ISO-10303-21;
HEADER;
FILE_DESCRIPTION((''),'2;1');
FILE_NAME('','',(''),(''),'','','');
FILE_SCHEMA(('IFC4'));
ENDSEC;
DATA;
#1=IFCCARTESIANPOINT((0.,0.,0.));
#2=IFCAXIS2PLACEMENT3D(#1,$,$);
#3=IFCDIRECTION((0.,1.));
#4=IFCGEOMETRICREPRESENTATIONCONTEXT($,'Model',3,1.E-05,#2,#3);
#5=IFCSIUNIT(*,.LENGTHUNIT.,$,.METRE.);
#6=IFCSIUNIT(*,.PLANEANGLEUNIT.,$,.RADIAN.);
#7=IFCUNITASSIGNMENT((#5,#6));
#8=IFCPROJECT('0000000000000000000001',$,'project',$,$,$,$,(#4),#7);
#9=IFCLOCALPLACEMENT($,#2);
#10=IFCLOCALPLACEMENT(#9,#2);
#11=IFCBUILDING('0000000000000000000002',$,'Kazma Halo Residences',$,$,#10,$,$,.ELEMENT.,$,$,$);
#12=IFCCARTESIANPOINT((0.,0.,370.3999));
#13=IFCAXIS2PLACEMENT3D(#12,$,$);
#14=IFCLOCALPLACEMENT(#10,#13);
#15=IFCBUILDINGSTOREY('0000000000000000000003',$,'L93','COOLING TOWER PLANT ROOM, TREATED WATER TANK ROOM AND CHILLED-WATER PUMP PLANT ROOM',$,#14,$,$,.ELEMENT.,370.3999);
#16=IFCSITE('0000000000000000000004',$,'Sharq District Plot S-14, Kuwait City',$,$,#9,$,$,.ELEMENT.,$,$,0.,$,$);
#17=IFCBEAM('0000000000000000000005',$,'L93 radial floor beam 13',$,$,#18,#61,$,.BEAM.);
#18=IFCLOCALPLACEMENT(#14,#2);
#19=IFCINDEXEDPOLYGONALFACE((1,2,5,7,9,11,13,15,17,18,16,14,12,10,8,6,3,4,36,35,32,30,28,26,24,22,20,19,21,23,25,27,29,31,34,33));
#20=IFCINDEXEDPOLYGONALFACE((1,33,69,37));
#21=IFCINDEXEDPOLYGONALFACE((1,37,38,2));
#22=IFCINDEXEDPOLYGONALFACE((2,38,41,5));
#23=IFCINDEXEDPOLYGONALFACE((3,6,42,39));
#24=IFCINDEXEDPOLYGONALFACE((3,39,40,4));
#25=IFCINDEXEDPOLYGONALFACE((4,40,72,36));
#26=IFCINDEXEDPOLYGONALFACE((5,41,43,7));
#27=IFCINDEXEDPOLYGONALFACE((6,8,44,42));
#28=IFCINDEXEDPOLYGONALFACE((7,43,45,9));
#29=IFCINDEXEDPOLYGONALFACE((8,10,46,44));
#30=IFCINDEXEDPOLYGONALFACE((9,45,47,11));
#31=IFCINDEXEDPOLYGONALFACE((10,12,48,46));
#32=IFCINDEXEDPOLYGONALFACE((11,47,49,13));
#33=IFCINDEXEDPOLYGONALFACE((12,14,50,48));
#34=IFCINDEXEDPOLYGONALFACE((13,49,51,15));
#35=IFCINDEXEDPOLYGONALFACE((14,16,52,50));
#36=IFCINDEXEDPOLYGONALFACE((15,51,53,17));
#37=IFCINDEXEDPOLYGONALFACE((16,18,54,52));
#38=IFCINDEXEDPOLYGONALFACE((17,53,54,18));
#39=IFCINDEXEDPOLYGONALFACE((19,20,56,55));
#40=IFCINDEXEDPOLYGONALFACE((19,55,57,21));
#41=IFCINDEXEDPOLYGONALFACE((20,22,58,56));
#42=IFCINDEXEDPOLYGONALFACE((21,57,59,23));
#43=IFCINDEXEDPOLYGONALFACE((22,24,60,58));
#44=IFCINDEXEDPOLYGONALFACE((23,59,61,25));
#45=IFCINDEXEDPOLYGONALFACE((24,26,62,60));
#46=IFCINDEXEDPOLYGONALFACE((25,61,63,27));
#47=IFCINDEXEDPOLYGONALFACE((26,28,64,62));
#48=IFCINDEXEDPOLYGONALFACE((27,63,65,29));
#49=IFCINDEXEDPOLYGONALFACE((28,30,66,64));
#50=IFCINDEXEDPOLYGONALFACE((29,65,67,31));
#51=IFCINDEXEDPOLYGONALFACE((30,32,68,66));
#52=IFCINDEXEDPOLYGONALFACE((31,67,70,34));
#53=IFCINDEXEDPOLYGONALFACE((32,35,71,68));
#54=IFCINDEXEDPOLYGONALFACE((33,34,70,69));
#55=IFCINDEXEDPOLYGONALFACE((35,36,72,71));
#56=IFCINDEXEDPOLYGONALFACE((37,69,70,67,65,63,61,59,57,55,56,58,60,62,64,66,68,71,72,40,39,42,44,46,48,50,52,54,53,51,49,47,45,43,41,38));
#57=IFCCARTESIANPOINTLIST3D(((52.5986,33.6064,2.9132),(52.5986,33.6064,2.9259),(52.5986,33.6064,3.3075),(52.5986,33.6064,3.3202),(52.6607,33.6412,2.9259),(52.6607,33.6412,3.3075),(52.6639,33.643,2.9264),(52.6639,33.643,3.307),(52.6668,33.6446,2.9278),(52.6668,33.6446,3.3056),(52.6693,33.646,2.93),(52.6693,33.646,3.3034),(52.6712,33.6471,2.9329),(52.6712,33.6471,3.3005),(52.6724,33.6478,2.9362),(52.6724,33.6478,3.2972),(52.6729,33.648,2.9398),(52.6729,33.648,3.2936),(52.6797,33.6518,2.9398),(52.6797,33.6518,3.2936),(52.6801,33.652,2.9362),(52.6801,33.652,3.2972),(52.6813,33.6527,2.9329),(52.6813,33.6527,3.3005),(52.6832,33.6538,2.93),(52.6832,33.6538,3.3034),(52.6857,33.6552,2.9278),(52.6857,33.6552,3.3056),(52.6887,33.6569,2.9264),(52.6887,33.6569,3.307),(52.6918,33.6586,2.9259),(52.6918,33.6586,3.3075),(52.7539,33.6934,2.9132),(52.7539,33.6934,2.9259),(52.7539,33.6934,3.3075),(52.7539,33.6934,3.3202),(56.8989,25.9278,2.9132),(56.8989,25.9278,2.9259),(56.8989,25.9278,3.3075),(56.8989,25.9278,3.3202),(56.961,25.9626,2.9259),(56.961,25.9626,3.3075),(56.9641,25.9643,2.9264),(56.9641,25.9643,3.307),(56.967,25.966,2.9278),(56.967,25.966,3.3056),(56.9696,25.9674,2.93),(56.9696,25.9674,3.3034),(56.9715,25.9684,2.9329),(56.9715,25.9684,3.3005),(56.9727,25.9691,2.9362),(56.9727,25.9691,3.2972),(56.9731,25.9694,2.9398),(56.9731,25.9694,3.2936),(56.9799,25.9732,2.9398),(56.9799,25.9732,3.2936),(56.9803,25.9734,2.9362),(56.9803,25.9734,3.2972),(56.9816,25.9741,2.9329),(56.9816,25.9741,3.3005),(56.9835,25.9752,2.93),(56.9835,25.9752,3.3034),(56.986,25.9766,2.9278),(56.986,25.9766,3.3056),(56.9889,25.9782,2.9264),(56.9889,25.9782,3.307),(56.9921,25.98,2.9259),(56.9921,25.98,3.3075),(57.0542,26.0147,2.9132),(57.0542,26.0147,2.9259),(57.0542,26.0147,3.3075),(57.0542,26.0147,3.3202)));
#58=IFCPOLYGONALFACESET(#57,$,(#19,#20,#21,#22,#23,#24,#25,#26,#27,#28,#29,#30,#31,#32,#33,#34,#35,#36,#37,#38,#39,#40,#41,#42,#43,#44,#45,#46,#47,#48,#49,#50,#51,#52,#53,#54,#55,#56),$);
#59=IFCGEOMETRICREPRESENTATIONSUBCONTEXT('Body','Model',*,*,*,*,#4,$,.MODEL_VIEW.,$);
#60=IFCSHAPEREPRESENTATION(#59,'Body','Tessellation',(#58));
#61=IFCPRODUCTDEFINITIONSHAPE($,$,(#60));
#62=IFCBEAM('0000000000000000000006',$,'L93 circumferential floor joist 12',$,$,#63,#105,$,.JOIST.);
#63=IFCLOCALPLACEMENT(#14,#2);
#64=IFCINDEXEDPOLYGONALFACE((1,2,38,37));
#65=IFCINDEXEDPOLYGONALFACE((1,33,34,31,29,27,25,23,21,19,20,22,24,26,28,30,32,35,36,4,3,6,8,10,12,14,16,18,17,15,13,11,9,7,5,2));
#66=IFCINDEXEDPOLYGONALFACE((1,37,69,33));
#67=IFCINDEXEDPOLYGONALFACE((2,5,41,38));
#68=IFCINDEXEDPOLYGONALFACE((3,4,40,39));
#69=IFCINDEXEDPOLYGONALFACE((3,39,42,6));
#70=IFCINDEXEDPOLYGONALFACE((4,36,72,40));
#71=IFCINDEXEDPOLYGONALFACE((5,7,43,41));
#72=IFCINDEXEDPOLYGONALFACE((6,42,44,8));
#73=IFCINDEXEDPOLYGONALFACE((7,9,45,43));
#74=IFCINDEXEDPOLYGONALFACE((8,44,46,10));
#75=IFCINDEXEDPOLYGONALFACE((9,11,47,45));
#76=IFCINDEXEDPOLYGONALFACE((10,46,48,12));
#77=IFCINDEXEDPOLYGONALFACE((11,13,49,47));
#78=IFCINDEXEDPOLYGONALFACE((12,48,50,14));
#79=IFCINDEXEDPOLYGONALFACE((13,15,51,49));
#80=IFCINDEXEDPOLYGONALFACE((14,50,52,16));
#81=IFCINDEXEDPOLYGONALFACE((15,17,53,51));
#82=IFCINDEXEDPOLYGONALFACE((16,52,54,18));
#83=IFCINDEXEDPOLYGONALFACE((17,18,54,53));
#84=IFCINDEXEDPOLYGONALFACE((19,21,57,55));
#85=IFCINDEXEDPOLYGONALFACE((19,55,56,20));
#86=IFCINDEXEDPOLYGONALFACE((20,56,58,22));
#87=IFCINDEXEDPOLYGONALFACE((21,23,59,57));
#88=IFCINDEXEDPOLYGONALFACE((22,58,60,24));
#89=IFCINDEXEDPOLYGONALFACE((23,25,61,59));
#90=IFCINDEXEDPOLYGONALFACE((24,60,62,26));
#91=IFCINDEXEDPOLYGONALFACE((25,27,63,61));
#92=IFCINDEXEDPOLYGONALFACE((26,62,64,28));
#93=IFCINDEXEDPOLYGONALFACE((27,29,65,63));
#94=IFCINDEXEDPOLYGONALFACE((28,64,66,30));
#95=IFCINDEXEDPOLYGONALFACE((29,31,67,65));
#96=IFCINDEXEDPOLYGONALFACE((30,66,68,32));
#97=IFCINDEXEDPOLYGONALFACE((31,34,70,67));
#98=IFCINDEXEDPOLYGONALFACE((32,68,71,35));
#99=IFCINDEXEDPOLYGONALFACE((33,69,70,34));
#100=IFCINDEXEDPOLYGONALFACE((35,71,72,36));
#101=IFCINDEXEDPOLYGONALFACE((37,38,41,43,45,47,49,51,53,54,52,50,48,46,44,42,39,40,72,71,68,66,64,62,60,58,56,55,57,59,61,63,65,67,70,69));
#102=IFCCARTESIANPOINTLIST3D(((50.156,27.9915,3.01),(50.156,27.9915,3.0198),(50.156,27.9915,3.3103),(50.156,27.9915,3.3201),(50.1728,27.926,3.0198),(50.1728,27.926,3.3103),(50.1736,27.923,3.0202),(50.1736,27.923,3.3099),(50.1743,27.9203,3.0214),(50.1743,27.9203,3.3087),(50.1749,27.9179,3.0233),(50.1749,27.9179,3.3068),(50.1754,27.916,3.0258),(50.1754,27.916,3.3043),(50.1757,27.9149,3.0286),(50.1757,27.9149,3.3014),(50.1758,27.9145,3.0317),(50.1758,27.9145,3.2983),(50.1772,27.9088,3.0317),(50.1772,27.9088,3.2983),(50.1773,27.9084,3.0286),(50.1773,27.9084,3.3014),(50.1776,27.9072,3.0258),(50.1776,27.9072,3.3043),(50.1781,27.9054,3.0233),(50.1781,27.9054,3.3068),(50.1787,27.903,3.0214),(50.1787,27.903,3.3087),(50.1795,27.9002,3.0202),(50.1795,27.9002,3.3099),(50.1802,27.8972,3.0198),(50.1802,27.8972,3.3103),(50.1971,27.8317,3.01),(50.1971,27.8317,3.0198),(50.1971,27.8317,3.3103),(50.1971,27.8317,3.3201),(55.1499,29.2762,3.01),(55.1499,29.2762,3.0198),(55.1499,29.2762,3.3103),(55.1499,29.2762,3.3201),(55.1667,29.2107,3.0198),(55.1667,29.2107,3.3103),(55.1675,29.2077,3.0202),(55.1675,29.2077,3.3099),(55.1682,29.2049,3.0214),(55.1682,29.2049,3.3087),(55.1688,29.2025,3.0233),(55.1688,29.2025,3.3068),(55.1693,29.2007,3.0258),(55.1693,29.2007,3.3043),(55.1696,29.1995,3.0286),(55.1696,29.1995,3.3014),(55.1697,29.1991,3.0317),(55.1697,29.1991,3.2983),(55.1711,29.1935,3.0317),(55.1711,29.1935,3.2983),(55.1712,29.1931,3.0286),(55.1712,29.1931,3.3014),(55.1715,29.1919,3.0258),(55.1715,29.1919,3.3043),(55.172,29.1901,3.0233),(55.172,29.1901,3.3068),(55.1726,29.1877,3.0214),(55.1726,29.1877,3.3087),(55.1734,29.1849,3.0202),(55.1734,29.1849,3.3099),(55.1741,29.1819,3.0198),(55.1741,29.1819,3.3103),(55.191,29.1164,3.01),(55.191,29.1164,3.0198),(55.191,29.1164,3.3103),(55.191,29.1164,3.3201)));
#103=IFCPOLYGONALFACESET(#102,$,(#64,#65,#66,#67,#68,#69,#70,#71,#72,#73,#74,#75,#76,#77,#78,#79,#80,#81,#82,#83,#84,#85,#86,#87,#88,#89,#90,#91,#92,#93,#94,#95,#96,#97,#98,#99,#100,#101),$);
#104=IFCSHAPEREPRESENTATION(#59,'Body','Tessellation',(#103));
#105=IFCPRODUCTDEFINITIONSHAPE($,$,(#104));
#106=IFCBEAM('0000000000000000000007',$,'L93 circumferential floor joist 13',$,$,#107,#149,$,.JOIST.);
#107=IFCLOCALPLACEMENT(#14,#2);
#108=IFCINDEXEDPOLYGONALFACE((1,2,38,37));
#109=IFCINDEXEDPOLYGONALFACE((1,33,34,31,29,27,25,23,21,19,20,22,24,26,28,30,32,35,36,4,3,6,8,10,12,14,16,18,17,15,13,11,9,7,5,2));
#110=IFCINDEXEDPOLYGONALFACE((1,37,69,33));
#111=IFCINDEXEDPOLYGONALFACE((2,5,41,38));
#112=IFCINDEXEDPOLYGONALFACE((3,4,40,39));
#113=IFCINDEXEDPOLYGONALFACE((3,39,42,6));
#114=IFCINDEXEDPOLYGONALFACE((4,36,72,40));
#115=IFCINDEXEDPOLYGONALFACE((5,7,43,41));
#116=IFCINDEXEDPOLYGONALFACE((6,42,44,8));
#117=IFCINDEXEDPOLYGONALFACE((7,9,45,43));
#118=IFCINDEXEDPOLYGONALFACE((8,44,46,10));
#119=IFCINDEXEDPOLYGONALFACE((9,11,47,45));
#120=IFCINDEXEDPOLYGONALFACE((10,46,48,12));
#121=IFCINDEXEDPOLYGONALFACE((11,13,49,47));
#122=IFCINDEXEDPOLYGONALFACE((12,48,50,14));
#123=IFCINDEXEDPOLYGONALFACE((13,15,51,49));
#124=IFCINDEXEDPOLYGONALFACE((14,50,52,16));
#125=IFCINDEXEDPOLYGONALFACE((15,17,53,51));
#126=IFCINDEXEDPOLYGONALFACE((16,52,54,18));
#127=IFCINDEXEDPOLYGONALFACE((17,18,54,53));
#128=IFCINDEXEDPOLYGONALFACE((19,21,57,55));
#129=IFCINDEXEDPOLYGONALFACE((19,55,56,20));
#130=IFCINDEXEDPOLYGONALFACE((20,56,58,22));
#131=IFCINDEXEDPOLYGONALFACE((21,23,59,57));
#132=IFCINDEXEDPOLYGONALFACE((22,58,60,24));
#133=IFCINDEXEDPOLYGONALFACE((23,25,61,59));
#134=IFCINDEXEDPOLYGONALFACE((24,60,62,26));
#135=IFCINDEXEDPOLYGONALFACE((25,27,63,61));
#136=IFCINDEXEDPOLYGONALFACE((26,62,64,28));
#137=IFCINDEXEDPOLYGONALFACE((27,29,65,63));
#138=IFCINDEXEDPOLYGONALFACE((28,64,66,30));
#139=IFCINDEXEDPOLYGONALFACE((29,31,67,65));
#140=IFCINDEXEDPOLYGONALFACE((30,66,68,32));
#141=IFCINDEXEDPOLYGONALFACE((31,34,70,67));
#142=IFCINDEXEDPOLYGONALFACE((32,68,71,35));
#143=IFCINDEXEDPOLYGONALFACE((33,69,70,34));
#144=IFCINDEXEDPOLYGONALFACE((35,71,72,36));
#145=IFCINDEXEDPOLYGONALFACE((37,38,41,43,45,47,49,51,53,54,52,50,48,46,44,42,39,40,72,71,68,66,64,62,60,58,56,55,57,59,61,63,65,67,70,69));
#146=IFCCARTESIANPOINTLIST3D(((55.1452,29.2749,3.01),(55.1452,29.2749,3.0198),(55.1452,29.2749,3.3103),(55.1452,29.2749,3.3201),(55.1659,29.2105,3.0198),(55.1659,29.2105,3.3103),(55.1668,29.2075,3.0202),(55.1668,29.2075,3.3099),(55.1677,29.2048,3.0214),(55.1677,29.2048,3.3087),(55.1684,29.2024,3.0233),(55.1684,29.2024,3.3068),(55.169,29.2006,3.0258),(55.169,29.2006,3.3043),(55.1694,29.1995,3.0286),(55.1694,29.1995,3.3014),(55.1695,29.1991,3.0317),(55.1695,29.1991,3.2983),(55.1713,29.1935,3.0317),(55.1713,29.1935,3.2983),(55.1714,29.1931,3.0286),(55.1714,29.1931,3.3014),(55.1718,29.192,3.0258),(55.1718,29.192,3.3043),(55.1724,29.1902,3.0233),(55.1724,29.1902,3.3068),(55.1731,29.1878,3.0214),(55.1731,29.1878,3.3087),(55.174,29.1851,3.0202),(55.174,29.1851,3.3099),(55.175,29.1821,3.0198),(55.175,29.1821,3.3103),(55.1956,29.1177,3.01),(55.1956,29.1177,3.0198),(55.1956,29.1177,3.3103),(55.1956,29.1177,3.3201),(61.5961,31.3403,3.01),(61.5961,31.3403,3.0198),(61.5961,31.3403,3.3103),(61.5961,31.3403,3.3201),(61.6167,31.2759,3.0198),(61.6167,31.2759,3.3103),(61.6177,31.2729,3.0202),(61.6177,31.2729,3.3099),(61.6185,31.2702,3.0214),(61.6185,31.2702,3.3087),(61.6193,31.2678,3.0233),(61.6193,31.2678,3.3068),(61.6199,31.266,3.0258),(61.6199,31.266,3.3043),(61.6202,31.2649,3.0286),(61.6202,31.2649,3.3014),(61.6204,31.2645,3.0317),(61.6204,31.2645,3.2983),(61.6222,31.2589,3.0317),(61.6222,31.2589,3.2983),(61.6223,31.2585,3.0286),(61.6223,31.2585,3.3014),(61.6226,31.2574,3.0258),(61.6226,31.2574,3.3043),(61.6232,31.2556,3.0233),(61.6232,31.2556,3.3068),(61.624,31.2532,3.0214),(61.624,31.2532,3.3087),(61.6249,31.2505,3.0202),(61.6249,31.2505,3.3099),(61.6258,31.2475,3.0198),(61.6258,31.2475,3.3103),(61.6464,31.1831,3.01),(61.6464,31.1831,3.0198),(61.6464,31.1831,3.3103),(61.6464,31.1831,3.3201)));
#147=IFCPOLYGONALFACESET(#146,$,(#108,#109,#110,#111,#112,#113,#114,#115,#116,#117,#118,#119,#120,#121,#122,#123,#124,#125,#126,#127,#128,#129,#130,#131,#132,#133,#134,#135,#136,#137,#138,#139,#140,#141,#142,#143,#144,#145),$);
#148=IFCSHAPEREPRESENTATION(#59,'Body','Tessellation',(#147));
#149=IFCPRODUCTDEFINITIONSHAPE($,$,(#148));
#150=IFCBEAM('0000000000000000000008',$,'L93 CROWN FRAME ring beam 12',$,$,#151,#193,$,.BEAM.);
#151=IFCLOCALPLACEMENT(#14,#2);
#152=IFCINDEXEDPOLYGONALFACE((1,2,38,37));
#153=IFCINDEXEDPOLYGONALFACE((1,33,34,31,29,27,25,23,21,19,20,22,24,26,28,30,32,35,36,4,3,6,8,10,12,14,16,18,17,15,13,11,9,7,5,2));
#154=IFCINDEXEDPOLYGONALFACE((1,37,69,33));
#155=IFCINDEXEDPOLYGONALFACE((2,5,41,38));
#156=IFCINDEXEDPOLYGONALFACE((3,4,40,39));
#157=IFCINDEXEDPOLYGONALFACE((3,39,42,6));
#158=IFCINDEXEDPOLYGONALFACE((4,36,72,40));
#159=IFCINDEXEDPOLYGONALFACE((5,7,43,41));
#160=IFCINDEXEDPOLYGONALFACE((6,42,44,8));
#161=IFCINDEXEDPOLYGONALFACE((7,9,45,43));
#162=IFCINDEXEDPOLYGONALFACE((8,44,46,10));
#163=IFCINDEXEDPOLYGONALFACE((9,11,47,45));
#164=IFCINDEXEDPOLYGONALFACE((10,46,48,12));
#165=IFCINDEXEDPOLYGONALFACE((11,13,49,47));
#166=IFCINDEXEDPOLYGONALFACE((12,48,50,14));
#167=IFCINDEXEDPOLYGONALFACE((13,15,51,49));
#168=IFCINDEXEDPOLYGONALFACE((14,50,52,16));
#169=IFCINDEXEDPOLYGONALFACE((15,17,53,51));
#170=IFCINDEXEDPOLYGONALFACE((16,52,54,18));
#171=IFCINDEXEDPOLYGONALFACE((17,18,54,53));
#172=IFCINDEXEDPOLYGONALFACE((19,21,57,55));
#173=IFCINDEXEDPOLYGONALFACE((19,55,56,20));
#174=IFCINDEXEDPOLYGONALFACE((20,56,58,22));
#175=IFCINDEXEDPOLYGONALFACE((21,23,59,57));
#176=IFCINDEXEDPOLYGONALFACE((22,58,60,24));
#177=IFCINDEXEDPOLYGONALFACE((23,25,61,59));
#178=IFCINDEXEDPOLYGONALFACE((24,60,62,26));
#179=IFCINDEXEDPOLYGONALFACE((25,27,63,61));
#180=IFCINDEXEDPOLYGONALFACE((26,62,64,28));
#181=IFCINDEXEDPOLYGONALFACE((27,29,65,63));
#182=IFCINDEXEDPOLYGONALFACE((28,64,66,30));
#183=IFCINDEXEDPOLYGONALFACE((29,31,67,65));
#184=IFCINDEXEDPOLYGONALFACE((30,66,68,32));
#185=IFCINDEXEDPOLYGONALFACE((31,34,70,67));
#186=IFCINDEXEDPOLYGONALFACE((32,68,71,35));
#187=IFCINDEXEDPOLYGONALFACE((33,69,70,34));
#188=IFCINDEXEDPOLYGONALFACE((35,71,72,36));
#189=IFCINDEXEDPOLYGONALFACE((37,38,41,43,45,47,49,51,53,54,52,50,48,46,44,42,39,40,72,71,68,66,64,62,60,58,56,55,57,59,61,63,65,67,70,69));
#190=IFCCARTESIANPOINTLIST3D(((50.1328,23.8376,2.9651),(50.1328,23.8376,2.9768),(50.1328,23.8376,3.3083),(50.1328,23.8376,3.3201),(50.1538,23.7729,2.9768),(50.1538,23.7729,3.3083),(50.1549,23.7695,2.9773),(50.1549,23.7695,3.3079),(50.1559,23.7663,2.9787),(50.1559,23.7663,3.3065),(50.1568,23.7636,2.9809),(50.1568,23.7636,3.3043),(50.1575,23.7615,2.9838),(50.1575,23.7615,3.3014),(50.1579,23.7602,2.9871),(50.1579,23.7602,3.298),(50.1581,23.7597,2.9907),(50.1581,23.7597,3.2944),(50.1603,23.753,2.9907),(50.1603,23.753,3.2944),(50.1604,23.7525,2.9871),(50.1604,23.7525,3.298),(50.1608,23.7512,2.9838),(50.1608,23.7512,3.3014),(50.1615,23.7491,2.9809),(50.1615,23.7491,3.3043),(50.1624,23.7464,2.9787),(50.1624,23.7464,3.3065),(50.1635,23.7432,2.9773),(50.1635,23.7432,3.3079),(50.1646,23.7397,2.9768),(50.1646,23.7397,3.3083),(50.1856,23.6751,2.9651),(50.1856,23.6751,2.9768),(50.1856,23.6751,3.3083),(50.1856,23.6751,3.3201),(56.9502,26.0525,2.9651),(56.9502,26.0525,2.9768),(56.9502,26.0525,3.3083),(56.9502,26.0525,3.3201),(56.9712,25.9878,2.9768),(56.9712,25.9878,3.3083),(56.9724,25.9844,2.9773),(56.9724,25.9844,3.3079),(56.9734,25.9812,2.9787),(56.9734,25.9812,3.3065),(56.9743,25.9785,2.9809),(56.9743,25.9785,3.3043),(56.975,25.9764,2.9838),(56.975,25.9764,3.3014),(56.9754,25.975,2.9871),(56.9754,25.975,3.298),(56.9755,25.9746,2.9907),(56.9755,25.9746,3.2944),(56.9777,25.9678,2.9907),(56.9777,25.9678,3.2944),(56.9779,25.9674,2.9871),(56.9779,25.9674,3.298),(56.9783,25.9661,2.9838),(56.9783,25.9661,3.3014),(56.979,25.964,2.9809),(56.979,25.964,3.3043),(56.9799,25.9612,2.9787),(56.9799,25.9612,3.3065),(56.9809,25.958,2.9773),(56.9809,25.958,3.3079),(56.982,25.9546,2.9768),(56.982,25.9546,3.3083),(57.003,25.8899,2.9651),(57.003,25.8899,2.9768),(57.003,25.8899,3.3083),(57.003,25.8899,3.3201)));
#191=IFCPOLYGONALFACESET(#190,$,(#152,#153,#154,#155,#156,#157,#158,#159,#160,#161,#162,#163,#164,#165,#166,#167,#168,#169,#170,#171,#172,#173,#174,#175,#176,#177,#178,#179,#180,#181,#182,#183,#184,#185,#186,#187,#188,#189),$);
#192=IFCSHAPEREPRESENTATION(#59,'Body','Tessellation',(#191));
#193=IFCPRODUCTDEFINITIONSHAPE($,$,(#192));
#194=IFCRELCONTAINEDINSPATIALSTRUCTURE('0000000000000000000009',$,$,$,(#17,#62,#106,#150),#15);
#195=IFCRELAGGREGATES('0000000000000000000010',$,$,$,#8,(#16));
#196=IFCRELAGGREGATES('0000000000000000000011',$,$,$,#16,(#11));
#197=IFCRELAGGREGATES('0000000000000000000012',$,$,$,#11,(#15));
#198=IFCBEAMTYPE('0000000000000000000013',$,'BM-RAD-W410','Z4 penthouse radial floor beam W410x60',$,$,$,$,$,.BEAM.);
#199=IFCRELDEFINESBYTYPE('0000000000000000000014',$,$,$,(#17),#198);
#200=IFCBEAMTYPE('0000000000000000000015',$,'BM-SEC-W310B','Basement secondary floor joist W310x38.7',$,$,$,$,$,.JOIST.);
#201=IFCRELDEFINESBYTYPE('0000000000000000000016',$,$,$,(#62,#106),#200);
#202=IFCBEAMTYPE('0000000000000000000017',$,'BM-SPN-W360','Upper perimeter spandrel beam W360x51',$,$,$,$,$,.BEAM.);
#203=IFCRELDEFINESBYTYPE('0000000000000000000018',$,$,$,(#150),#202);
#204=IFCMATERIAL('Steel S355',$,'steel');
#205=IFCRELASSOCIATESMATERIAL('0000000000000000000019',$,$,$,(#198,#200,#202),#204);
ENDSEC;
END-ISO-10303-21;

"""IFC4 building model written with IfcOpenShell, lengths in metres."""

from ifc_helpers import new_model, si_unit, direction, frame, origin, origin_2d, place, context, subcontext, project, spatial, i_section, extrude, material, material_profile, profile_set, type_object, element, save


model = new_model("IFC4")

# Units and contexts
model_context = context("Model", 3, precision=1e-05, world=origin(), true_north=direction((0.0, 1.0)))
body_context = subcontext(model_context, "Body", "Model", "MODEL_VIEW")
ifc_project = project(units=[si_unit("LENGTHUNIT", "METRE"), si_unit("PLANEANGLEUNIT", "RADIAN")], contexts=[model_context])

# Site, building, storey
site_placement = place(None, origin())
site = spatial("IfcSite", under=ifc_project, at=site_placement, Name="Sharq District Plot S-14, Kuwait City", CompositionType="ELEMENT", RefElevation=0.0)
building_placement = place(site_placement, origin())
building = spatial("IfcBuilding", under=site, at=building_placement, Name="Kazma Halo Residences", CompositionType="ELEMENT")
storey_placement = place(building_placement, frame((0.0, 0.0, 370.3999)))
storey = spatial("IfcBuildingStorey", under=building, at=storey_placement, Name="L93", Description="COOLING TOWER PLANT ROOM, TREATED WATER TANK ROOM AND CHILLED-WATER PUMP PLANT ROOM", CompositionType="ELEMENT", Elevation=370.3999)

# Shared definitions
ifc_material_1 = material(Name="Steel S355", Category="steel")

# Beams
ifc_material_profile_1 = material_profile(ifc_material_1, i_section(OverallWidth=0.178, OverallDepth=0.407, WebThickness=0.0078, FlangeThickness=0.0127, FilletRadius=0.0139, at=origin_2d()), Name="W410x60")
ifc_profile_set_1 = profile_set([ifc_material_profile_1], Name="Steel S355")
beam_type_1 = type_object("IfcBeamType", Name="BM-RAD-W410", Description="Z4 penthouse radial floor beam W410x60", PredefinedType="BEAM", material=ifc_profile_set_1)
beam_1_placement = place(storey_placement, frame((52.6763, 33.6499, 3.1167), z_axis=(0.488622, -0.872496, 0.0), x_axis=(0.872496, 0.488622, 0.0)))
element("IfcBeam", 1, at=beam_1_placement, inside=storey, type_object=beam_type_1, Name="L93 radial floor beam 13", PredefinedType="BEAM", context=body_context, shape_type="SweptSolid", body=[
    extrude(i_section(OverallWidth=0.178, OverallDepth=0.407, WebThickness=0.0078, FlangeThickness=0.0127, FilletRadius=0.0139, at=origin_2d()), origin(), (0.0, 0.0, 1.0), 8.8008),
])
ifc_material_profile_2 = material_profile(ifc_material_1, i_section(OverallWidth=0.165, OverallDepth=0.3101, WebThickness=0.0059, FlangeThickness=0.0098, FilletRadius=0.012, at=origin_2d()), Name="W310x38.7")
ifc_profile_set_2 = profile_set([ifc_material_profile_2], Name="Steel S355")
beam_type_2 = type_object("IfcBeamType", Name="BM-SEC-W310B", Description="Basement secondary floor joist W310x38.7", PredefinedType="JOIST", material=ifc_profile_set_2)
beam_2_placement = place(storey_placement, frame((50.1765, 27.9116, 3.165), z_axis=(0.968468, 0.249136, 0.0), x_axis=(-0.249136, 0.968468, 0.0)))
element("IfcBeam", 2, at=beam_2_placement, inside=storey, type_object=beam_type_2, Name="L93 circumferential floor joist 12", PredefinedType="JOIST", context=body_context, shape_type="SweptSolid", body=[
    extrude(i_section(OverallWidth=0.165, OverallDepth=0.3101, WebThickness=0.0059, FlangeThickness=0.0098, FilletRadius=0.012, at=origin_2d()), origin(), (0.0, 0.0, 1.0), 5.1565),
])
beam_3_placement = place(storey_placement, frame((55.1704, 29.1963, 3.165), z_axis=(0.952376, 0.304927, 0.0), x_axis=(-0.304927, 0.952376, 0.0)))
element("IfcBeam", 3, at=beam_3_placement, inside=storey, type_object=beam_type_2, Name="L93 circumferential floor joist 13", PredefinedType="JOIST", context=body_context, shape_type="SweptSolid", body=[
    extrude(i_section(OverallWidth=0.165, OverallDepth=0.3101, WebThickness=0.0059, FlangeThickness=0.0098, FilletRadius=0.012, at=origin_2d()), origin(), (0.0, 0.0, 1.0), 6.7734),
])
ifc_material_profile_3 = material_profile(ifc_material_1, i_section(OverallWidth=0.1709, OverallDepth=0.355, WebThickness=0.0071, FlangeThickness=0.0117, FilletRadius=0.0139, at=origin_2d()), Name="W360x51")
ifc_profile_set_3 = profile_set([ifc_material_profile_3], Name="Steel S355")
beam_type_3 = type_object("IfcBeamType", Name="BM-SPN-W360", Description="Upper perimeter spandrel beam W360x51", PredefinedType="BEAM", material=ifc_profile_set_3)
beam_4_placement = place(storey_placement, frame((50.1592, 23.7563, 3.1426), z_axis=(0.951067, 0.308984, 0.0), x_axis=(-0.308984, 0.951067, 0.0)))
element("IfcBeam", 4, at=beam_4_placement, inside=storey, type_object=beam_type_3, Name="L93 CROWN FRAME ring beam 12", PredefinedType="BEAM", context=body_context, shape_type="SweptSolid", body=[
    extrude(i_section(OverallWidth=0.1709, OverallDepth=0.355, WebThickness=0.0071, FlangeThickness=0.0117, FilletRadius=0.0139, at=origin_2d()), origin(), (0.0, 0.0, 1.0), 7.1682),
])

save(model, "model.ifc")
